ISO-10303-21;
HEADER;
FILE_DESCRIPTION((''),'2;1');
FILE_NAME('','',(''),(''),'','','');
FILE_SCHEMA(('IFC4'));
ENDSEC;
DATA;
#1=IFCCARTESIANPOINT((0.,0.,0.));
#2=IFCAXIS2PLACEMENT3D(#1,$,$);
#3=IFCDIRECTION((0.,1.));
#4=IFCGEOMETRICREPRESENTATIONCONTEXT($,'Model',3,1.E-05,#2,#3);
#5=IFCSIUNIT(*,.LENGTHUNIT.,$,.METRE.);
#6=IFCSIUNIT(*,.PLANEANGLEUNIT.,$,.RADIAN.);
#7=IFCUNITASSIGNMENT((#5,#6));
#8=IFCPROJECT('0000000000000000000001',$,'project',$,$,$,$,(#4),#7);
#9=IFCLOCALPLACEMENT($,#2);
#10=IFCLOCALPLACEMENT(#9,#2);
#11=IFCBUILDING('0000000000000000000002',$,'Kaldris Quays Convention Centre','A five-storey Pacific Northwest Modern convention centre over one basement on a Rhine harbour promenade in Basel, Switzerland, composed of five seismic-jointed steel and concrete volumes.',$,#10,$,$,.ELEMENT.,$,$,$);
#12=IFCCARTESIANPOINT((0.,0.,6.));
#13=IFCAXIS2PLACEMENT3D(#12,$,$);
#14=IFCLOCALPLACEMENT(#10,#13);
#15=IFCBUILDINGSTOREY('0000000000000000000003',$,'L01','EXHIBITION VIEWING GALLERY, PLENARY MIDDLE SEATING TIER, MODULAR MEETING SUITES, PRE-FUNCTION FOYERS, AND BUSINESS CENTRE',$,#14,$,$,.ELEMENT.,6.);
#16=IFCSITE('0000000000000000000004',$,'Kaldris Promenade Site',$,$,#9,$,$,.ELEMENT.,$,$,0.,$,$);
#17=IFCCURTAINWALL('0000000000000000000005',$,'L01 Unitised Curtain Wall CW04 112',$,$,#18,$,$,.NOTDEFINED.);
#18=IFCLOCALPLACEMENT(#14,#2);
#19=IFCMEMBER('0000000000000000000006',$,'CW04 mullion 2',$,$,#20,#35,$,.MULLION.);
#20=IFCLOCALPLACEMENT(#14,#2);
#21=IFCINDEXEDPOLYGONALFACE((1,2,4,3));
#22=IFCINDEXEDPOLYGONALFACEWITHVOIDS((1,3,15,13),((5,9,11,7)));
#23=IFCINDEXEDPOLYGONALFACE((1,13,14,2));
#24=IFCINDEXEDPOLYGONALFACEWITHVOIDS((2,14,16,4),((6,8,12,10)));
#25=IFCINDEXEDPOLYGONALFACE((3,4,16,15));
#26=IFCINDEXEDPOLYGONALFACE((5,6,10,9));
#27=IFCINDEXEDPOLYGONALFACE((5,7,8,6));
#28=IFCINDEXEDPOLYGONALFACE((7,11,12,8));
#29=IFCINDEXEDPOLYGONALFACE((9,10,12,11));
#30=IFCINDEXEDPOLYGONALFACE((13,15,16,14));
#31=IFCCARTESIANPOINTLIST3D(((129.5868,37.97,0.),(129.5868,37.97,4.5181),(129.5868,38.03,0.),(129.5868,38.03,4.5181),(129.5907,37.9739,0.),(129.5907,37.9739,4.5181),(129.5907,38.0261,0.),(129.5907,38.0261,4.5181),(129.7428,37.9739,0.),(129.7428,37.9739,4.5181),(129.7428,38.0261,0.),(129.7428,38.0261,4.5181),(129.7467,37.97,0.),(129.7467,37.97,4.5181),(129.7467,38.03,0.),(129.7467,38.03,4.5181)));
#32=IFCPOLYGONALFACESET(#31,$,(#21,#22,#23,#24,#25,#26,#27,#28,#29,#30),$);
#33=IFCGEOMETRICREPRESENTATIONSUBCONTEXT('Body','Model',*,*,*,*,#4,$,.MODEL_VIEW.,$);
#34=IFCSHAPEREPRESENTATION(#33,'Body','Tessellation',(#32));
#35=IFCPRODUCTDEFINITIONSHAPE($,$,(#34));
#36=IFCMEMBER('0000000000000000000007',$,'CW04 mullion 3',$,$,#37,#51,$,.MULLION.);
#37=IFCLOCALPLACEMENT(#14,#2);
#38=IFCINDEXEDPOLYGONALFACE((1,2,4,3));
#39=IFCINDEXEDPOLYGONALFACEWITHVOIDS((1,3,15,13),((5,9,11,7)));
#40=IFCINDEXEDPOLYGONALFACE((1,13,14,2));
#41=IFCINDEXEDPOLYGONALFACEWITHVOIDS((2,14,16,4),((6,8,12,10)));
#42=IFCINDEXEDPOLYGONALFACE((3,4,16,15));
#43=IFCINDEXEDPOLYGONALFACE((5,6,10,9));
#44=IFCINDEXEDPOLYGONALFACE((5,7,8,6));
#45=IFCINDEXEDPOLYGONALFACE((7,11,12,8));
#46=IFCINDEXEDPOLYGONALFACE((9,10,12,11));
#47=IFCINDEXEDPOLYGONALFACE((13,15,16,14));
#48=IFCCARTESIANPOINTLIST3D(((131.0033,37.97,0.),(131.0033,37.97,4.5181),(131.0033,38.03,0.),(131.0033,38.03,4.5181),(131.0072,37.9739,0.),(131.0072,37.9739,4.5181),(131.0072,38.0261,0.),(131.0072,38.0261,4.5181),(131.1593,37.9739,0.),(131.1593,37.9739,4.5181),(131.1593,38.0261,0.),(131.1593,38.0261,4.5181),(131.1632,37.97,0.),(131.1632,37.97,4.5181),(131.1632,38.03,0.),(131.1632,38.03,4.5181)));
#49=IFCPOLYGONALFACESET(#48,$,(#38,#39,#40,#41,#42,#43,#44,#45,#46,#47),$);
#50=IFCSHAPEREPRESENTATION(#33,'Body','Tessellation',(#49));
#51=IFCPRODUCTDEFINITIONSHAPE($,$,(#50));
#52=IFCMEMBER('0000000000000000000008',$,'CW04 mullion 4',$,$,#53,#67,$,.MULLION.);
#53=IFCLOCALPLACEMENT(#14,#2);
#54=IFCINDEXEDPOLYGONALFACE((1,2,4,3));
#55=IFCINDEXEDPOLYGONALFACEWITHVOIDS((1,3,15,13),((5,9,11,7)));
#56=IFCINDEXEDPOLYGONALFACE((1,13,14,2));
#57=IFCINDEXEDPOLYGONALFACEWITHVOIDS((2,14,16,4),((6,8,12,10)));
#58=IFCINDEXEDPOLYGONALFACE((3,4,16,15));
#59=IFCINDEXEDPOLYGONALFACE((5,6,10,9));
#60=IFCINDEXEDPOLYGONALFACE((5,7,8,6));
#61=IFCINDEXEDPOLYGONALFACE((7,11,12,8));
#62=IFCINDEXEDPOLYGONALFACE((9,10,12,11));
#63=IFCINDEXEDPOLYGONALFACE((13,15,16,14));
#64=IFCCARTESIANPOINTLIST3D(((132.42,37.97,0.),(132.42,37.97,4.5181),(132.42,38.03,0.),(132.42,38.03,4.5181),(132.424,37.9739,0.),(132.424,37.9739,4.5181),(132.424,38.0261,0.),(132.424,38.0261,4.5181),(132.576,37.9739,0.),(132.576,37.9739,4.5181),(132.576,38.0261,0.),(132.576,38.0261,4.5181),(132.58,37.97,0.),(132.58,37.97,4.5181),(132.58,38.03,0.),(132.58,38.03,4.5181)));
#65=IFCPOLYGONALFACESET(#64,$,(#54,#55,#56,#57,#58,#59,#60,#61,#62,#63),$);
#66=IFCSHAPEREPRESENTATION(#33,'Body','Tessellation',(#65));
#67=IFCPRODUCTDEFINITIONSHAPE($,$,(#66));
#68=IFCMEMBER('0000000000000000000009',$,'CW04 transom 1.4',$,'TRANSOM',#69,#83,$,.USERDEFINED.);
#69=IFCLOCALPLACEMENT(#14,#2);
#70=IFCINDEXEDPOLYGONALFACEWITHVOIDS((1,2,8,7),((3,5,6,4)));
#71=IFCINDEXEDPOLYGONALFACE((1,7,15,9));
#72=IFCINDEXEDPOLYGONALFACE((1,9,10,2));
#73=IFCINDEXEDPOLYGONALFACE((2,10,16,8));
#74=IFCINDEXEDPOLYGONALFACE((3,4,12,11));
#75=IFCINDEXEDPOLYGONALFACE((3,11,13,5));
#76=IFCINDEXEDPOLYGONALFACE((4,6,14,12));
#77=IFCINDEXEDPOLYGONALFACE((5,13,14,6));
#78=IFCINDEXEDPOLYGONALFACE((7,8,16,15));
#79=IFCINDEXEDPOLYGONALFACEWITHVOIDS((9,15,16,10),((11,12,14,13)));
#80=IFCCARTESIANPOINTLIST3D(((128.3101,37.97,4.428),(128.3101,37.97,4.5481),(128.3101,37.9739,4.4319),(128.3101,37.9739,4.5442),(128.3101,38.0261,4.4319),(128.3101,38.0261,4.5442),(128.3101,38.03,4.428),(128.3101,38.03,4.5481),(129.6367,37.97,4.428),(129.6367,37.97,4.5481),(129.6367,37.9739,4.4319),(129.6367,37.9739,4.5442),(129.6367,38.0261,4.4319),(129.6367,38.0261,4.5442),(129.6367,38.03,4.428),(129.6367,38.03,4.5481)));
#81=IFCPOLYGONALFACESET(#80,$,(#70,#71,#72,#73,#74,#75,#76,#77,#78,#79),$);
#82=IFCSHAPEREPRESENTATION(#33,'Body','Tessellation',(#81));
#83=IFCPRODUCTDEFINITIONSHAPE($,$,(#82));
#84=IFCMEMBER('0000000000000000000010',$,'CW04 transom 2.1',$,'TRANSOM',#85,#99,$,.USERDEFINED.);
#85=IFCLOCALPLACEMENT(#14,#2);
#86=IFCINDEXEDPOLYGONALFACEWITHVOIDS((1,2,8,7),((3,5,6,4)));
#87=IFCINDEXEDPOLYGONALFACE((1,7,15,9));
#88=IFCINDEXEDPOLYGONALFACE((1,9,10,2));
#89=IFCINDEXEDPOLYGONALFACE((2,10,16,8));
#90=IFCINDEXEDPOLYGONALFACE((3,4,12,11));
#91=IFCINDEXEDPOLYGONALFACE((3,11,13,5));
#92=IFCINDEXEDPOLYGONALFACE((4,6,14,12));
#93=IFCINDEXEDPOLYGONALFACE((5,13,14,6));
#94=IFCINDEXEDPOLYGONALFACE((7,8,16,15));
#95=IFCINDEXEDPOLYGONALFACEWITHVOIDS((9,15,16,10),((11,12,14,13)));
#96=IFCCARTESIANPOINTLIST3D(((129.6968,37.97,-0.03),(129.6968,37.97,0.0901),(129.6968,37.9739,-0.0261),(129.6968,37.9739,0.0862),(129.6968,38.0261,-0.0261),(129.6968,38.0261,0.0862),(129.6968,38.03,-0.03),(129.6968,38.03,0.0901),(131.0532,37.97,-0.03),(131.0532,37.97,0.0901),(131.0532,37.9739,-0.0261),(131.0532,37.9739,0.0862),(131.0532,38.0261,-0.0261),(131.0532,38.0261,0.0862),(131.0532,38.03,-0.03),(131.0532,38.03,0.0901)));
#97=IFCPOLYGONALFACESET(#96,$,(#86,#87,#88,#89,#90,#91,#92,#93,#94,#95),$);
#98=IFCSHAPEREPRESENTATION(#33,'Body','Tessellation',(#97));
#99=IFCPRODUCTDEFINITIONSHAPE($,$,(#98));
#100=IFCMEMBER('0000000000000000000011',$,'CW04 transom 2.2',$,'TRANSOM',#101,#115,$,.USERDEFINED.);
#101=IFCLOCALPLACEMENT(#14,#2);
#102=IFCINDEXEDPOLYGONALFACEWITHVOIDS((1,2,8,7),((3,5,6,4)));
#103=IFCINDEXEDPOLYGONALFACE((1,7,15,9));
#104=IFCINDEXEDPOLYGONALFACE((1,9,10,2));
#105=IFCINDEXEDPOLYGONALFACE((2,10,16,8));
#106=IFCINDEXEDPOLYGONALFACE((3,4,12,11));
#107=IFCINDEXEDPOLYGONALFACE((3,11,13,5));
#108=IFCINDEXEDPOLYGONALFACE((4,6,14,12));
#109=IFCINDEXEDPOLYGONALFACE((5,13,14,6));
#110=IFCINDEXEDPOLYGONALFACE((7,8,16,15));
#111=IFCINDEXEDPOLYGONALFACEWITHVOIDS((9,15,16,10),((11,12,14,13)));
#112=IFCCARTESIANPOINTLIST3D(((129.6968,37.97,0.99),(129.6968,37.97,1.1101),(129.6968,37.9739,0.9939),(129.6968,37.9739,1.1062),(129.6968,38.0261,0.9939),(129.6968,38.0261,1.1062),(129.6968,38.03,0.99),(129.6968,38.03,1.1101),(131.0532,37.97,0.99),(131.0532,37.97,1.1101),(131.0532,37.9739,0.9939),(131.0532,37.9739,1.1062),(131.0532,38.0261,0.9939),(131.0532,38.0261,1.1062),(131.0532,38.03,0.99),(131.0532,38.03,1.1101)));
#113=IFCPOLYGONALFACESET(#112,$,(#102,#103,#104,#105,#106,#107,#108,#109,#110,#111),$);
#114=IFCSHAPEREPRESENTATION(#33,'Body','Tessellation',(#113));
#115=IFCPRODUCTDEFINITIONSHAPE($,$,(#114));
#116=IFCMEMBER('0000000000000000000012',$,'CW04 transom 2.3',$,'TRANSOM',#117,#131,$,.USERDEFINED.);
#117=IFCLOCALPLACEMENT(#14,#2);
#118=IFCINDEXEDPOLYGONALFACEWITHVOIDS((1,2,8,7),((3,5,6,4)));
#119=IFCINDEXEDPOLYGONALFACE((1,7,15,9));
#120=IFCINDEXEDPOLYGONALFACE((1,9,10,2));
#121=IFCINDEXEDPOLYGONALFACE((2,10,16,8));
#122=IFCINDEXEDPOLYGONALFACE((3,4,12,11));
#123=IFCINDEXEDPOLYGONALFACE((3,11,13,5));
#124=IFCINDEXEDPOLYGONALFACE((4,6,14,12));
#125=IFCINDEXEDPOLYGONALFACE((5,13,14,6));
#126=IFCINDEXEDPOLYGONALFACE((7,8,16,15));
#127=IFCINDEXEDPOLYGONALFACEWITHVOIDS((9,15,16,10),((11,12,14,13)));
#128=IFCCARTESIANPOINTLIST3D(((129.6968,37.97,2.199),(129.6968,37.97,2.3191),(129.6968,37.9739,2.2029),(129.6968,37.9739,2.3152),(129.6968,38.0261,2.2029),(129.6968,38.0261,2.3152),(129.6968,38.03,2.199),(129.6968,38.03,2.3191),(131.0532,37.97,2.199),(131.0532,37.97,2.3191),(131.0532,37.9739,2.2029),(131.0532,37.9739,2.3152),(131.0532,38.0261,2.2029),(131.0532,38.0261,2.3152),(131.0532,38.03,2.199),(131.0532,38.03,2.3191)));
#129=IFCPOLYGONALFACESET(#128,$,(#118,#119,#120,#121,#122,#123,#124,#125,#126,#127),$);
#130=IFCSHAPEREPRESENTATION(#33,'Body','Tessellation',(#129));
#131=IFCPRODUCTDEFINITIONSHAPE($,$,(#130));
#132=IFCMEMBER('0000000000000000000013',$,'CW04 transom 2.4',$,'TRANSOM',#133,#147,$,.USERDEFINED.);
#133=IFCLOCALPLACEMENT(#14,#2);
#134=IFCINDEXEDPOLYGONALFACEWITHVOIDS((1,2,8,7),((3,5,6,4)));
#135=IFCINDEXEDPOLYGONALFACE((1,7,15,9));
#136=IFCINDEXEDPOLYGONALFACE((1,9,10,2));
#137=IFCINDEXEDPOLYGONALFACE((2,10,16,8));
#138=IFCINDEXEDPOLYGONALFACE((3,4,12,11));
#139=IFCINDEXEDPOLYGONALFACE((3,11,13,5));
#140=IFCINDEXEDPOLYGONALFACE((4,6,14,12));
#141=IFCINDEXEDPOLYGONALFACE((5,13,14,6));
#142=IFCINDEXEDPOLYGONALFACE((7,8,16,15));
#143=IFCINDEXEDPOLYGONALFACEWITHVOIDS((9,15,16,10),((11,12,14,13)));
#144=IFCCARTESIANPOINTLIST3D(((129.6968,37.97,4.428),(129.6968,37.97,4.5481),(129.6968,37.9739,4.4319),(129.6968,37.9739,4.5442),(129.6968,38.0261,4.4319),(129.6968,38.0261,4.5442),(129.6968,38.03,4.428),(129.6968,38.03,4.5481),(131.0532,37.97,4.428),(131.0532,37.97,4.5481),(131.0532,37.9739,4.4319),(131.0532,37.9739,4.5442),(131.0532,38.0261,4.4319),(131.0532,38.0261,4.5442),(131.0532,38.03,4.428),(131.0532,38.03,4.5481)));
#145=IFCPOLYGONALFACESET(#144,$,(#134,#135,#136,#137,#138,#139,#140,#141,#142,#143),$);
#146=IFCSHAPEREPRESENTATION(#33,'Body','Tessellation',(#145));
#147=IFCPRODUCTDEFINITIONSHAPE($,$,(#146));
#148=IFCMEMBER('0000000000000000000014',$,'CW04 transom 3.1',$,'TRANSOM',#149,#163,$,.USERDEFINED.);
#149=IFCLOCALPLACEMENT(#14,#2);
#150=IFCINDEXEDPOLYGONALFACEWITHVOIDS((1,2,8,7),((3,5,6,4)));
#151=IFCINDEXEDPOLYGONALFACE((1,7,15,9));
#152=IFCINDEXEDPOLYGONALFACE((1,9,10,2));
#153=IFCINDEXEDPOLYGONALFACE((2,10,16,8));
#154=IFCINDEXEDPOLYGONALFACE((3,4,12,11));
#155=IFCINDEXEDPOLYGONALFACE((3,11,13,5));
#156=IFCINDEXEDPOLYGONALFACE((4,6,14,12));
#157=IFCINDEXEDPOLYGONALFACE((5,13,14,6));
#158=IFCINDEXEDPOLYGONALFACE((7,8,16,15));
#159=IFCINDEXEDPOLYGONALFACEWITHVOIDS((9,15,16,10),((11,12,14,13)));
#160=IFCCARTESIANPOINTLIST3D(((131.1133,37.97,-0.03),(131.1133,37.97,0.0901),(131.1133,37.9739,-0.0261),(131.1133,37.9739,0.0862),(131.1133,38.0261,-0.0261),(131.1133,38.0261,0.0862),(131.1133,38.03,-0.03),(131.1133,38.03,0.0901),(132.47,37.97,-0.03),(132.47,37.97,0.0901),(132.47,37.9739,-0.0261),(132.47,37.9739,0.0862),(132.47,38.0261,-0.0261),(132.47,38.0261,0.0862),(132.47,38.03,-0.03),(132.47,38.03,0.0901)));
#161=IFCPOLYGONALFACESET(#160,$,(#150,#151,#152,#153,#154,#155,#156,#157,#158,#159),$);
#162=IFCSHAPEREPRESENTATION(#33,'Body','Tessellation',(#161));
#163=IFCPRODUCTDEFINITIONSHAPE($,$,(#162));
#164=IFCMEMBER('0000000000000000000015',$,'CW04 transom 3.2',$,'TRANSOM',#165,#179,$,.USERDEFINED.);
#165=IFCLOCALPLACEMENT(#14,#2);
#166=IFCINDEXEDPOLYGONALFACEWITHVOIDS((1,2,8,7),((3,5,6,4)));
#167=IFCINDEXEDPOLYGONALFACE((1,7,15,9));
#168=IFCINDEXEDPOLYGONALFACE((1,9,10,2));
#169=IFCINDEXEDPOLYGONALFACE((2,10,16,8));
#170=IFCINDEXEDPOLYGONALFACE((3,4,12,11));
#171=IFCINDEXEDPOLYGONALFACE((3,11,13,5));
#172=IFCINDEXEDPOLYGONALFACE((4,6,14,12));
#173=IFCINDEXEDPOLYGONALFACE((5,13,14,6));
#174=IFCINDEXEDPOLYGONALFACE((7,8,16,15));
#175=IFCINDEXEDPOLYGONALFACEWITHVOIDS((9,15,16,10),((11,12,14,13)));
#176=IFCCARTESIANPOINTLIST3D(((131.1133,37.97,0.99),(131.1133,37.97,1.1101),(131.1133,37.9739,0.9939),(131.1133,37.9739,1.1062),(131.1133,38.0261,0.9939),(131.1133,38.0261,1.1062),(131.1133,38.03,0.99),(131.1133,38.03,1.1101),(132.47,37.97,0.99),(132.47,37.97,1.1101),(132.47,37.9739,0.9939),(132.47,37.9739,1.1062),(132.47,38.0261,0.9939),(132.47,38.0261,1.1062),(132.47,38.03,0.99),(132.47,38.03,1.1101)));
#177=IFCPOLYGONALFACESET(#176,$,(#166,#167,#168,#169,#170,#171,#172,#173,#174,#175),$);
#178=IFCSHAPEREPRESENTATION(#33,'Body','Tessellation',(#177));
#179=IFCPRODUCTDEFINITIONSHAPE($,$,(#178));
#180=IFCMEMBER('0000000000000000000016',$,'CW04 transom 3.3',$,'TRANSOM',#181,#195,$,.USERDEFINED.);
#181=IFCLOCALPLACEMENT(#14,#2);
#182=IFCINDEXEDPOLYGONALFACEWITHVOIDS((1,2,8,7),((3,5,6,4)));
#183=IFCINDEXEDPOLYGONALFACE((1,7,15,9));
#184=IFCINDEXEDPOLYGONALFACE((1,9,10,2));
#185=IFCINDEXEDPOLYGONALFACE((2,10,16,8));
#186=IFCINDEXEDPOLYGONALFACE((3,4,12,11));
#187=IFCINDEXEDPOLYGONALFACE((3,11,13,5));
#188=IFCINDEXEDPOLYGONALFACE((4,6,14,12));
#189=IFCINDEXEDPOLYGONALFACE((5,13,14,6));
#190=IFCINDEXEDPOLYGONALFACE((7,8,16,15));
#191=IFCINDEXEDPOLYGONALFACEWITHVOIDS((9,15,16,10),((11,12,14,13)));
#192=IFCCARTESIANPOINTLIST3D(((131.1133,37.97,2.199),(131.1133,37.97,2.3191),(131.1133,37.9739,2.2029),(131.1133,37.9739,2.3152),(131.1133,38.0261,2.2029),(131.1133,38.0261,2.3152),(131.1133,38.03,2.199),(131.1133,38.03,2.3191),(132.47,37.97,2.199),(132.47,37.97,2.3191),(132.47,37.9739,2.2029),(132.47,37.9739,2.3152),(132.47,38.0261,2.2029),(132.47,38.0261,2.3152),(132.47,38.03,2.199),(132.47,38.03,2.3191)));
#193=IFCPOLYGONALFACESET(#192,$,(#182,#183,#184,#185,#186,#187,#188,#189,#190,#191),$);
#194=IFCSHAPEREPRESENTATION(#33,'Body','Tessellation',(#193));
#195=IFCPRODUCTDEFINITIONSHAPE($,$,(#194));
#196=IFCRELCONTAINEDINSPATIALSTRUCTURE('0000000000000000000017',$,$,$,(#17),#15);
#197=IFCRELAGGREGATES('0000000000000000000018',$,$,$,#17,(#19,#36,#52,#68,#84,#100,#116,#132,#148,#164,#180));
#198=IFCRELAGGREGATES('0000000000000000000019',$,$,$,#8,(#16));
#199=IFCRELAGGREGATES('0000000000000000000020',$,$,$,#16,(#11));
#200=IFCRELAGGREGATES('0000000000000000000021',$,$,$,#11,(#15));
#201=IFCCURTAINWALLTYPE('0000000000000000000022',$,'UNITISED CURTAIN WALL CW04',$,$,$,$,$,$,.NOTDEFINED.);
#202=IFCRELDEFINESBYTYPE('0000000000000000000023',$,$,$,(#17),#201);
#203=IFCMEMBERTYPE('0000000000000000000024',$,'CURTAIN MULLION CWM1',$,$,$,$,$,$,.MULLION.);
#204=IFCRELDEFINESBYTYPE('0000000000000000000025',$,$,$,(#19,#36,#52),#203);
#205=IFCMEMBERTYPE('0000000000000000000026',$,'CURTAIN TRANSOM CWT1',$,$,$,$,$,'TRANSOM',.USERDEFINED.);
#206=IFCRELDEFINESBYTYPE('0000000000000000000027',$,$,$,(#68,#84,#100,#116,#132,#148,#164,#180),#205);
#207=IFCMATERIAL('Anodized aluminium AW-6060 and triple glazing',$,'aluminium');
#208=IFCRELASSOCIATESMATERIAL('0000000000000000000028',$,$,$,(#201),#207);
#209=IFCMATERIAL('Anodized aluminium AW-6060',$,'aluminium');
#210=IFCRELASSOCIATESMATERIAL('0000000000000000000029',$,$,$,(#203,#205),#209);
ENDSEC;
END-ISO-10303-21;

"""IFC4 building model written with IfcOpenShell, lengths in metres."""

from ifc_helpers import new_model, si_unit, direction, frame, origin, origin_2d, place, context, subcontext, project, spatial, hollow_rectangle, extrude, material, material_profile, profile_set, type_object, element, aggregate, save


model = new_model("IFC4")

# Units and contexts
model_context = context("Model", 3, precision=1e-05, world=origin(), true_north=direction((0.0, 1.0)))
body_context = subcontext(model_context, "Body", "Model", "MODEL_VIEW")
ifc_project = project(units=[si_unit("LENGTHUNIT", "METRE"), si_unit("PLANEANGLEUNIT", "RADIAN")], contexts=[model_context])

# Site, building, storey
site_placement = place(None, origin())
site = spatial("IfcSite", under=ifc_project, at=site_placement, Name="Kaldris Promenade Site", CompositionType="ELEMENT", RefElevation=0.0)
building_placement = place(site_placement, origin())
building = spatial("IfcBuilding", under=site, at=building_placement, Name="Kaldris Quays Convention Centre", Description="A five-storey Pacific Northwest Modern convention centre over one basement on a Rhine harbour promenade in Basel, Switzerland, composed of five seismic-jointed steel and concrete volumes.", CompositionType="ELEMENT")
storey_placement = place(building_placement, frame((0.0, 0.0, 6.0)))
storey = spatial("IfcBuildingStorey", under=building, at=storey_placement, Name="L01", Description="EXHIBITION VIEWING GALLERY, PLENARY MIDDLE SEATING TIER, MODULAR MEETING SUITES, PRE-FUNCTION FOYERS, AND BUSINESS CENTRE", CompositionType="ELEMENT", Elevation=6.0)

# Curtain wall, members
ifc_material_1 = material(Name="Anodized aluminium AW-6060 and triple glazing", Category="aluminium")
curtain_wall_type = type_object("IfcCurtainWallType", Name="UNITISED CURTAIN WALL CW04", PredefinedType="NOTDEFINED", material=ifc_material_1)
curtain_wall_placement = place(storey_placement, origin())
curtain_wall = element("IfcCurtainWall", 1, at=curtain_wall_placement, inside=storey, type_object=curtain_wall_type, Name="L01 Unitised Curtain Wall CW04 112", PredefinedType="NOTDEFINED")
ifc_material_2 = material(Name="Anodized aluminium AW-6060", Category="aluminium")
ifc_material_profile_1 = material_profile(ifc_material_2, hollow_rectangle(XDim=0.0601, YDim=0.1599, WallThickness=0.0039, at=origin_2d()), Name="RHS 160x60x4")
ifc_profile_set_1 = profile_set([ifc_material_profile_1], Name="Anodized aluminium AW-6060")
member_type_1 = type_object("IfcMemberType", Name="CURTAIN MULLION CWM1", PredefinedType="MULLION", material=ifc_profile_set_1)
member_1_placement = place(storey_placement, frame((129.6667, 38.0, 0.0), z_axis=(0.0, 0.0, 1.0), x_axis=(0.0, 1.0, 0.0)))
member_1 = element("IfcMember", 2, at=member_1_placement, type_object=member_type_1, Name="CW04 mullion 2", PredefinedType="MULLION", context=body_context, shape_type="SweptSolid", body=[
    extrude(hollow_rectangle(XDim=0.0601, YDim=0.1599, WallThickness=0.0039, at=origin_2d()), origin(), (0.0, 0.0, 1.0), 4.5181),
])
member_2_placement = place(storey_placement, frame((131.0833, 38.0, 0.0), z_axis=(0.0, 0.0, 1.0), x_axis=(0.0, 1.0, 0.0)))
member_2 = element("IfcMember", 3, at=member_2_placement, type_object=member_type_1, Name="CW04 mullion 3", PredefinedType="MULLION", context=body_context, shape_type="SweptSolid", body=[
    extrude(hollow_rectangle(XDim=0.0601, YDim=0.1599, WallThickness=0.0039, at=origin_2d()), origin(), (0.0, 0.0, 1.0), 4.5181),
])
member_3_placement = place(storey_placement, frame((132.5, 38.0, 0.0), z_axis=(0.0, 0.0, 1.0), x_axis=(0.0, 1.0, 0.0)))
member_3 = element("IfcMember", 4, at=member_3_placement, type_object=member_type_1, Name="CW04 mullion 4", PredefinedType="MULLION", context=body_context, shape_type="SweptSolid", body=[
    extrude(hollow_rectangle(XDim=0.0601, YDim=0.1599, WallThickness=0.0039, at=origin_2d()), origin(), (0.0, 0.0, 1.0), 4.5181),
])
ifc_material_profile_2 = material_profile(ifc_material_2, hollow_rectangle(XDim=0.0601, YDim=0.1201, WallThickness=0.0039, at=origin_2d()), Name="RHS 120x60x4")
ifc_profile_set_2 = profile_set([ifc_material_profile_2], Name="Anodized aluminium AW-6060")
member_type_2 = type_object("IfcMemberType", Name="CURTAIN TRANSOM CWT1", ElementType="TRANSOM", PredefinedType="USERDEFINED", material=ifc_profile_set_2)
member_4_placement = place(storey_placement, frame((128.3101, 38.0, 4.488), z_axis=(1.0, 0.0, 0.0), x_axis=(0.0, 1.0, 0.0)))
member_4 = element("IfcMember", 5, at=member_4_placement, type_object=member_type_2, Name="CW04 transom 1.4", ObjectType="TRANSOM", PredefinedType="USERDEFINED", context=body_context, shape_type="SweptSolid", body=[
    extrude(hollow_rectangle(XDim=0.0601, YDim=0.1201, WallThickness=0.0039, at=origin_2d()), origin(), (0.0, 0.0, 1.0), 1.3267),
])
member_5_placement = place(storey_placement, frame((129.6968, 38.0, 0.03), z_axis=(1.0, 0.0, 0.0), x_axis=(0.0, 1.0, 0.0)))
member_5 = element("IfcMember", 6, at=member_5_placement, type_object=member_type_2, Name="CW04 transom 2.1", ObjectType="TRANSOM", PredefinedType="USERDEFINED", context=body_context, shape_type="SweptSolid", body=[
    extrude(hollow_rectangle(XDim=0.0601, YDim=0.1201, WallThickness=0.0039, at=origin_2d()), origin(), (0.0, 0.0, 1.0), 1.3564),
])
member_6_placement = place(storey_placement, frame((129.6968, 38.0, 1.05), z_axis=(1.0, 0.0, 0.0), x_axis=(0.0, 1.0, 0.0)))
member_6 = element("IfcMember", 7, at=member_6_placement, type_object=member_type_2, Name="CW04 transom 2.2", ObjectType="TRANSOM", PredefinedType="USERDEFINED", context=body_context, shape_type="SweptSolid", body=[
    extrude(hollow_rectangle(XDim=0.0601, YDim=0.1201, WallThickness=0.0039, at=origin_2d()), origin(), (0.0, 0.0, 1.0), 1.3564),
])
member_7_placement = place(storey_placement, frame((129.6968, 38.0, 2.259), z_axis=(1.0, 0.0, 0.0), x_axis=(0.0, 1.0, 0.0)))
member_7 = element("IfcMember", 8, at=member_7_placement, type_object=member_type_2, Name="CW04 transom 2.3", ObjectType="TRANSOM", PredefinedType="USERDEFINED", context=body_context, shape_type="SweptSolid", body=[
    extrude(hollow_rectangle(XDim=0.0601, YDim=0.1201, WallThickness=0.0039, at=origin_2d()), origin(), (0.0, 0.0, 1.0), 1.3564),
])
member_8_placement = place(storey_placement, frame((129.6968, 38.0, 4.488), z_axis=(1.0, 0.0, 0.0), x_axis=(0.0, 1.0, 0.0)))
member_8 = element("IfcMember", 9, at=member_8_placement, type_object=member_type_2, Name="CW04 transom 2.4", ObjectType="TRANSOM", PredefinedType="USERDEFINED", context=body_context, shape_type="SweptSolid", body=[
    extrude(hollow_rectangle(XDim=0.0601, YDim=0.1201, WallThickness=0.0039, at=origin_2d()), origin(), (0.0, 0.0, 1.0), 1.3564),
])
member_9_placement = place(storey_placement, frame((131.1133, 38.0, 0.03), z_axis=(1.0, 0.0, 0.0), x_axis=(0.0, 1.0, 0.0)))
member_9 = element("IfcMember", 10, at=member_9_placement, type_object=member_type_2, Name="CW04 transom 3.1", ObjectType="TRANSOM", PredefinedType="USERDEFINED", context=body_context, shape_type="SweptSolid", body=[
    extrude(hollow_rectangle(XDim=0.0601, YDim=0.1201, WallThickness=0.0039, at=origin_2d()), origin(), (0.0, 0.0, 1.0), 1.3567),
])
member_10_placement = place(storey_placement, frame((131.1133, 38.0, 1.05), z_axis=(1.0, 0.0, 0.0), x_axis=(0.0, 1.0, 0.0)))
member_10 = element("IfcMember", 11, at=member_10_placement, type_object=member_type_2, Name="CW04 transom 3.2", ObjectType="TRANSOM", PredefinedType="USERDEFINED", context=body_context, shape_type="SweptSolid", body=[
    extrude(hollow_rectangle(XDim=0.0601, YDim=0.1201, WallThickness=0.0039, at=origin_2d()), origin(), (0.0, 0.0, 1.0), 1.3567),
])
member_11_placement = place(storey_placement, frame((131.1133, 38.0, 2.259), z_axis=(1.0, 0.0, 0.0), x_axis=(0.0, 1.0, 0.0)))
member_11 = element("IfcMember", 12, at=member_11_placement, type_object=member_type_2, Name="CW04 transom 3.3", ObjectType="TRANSOM", PredefinedType="USERDEFINED", context=body_context, shape_type="SweptSolid", body=[
    extrude(hollow_rectangle(XDim=0.0601, YDim=0.1201, WallThickness=0.0039, at=origin_2d()), origin(), (0.0, 0.0, 1.0), 1.3567),
])
aggregate(curtain_wall, [member_1, member_2, member_3, member_4, member_5, member_6, member_7, member_8, member_9, member_10, member_11])

save(model, "model.ifc")
